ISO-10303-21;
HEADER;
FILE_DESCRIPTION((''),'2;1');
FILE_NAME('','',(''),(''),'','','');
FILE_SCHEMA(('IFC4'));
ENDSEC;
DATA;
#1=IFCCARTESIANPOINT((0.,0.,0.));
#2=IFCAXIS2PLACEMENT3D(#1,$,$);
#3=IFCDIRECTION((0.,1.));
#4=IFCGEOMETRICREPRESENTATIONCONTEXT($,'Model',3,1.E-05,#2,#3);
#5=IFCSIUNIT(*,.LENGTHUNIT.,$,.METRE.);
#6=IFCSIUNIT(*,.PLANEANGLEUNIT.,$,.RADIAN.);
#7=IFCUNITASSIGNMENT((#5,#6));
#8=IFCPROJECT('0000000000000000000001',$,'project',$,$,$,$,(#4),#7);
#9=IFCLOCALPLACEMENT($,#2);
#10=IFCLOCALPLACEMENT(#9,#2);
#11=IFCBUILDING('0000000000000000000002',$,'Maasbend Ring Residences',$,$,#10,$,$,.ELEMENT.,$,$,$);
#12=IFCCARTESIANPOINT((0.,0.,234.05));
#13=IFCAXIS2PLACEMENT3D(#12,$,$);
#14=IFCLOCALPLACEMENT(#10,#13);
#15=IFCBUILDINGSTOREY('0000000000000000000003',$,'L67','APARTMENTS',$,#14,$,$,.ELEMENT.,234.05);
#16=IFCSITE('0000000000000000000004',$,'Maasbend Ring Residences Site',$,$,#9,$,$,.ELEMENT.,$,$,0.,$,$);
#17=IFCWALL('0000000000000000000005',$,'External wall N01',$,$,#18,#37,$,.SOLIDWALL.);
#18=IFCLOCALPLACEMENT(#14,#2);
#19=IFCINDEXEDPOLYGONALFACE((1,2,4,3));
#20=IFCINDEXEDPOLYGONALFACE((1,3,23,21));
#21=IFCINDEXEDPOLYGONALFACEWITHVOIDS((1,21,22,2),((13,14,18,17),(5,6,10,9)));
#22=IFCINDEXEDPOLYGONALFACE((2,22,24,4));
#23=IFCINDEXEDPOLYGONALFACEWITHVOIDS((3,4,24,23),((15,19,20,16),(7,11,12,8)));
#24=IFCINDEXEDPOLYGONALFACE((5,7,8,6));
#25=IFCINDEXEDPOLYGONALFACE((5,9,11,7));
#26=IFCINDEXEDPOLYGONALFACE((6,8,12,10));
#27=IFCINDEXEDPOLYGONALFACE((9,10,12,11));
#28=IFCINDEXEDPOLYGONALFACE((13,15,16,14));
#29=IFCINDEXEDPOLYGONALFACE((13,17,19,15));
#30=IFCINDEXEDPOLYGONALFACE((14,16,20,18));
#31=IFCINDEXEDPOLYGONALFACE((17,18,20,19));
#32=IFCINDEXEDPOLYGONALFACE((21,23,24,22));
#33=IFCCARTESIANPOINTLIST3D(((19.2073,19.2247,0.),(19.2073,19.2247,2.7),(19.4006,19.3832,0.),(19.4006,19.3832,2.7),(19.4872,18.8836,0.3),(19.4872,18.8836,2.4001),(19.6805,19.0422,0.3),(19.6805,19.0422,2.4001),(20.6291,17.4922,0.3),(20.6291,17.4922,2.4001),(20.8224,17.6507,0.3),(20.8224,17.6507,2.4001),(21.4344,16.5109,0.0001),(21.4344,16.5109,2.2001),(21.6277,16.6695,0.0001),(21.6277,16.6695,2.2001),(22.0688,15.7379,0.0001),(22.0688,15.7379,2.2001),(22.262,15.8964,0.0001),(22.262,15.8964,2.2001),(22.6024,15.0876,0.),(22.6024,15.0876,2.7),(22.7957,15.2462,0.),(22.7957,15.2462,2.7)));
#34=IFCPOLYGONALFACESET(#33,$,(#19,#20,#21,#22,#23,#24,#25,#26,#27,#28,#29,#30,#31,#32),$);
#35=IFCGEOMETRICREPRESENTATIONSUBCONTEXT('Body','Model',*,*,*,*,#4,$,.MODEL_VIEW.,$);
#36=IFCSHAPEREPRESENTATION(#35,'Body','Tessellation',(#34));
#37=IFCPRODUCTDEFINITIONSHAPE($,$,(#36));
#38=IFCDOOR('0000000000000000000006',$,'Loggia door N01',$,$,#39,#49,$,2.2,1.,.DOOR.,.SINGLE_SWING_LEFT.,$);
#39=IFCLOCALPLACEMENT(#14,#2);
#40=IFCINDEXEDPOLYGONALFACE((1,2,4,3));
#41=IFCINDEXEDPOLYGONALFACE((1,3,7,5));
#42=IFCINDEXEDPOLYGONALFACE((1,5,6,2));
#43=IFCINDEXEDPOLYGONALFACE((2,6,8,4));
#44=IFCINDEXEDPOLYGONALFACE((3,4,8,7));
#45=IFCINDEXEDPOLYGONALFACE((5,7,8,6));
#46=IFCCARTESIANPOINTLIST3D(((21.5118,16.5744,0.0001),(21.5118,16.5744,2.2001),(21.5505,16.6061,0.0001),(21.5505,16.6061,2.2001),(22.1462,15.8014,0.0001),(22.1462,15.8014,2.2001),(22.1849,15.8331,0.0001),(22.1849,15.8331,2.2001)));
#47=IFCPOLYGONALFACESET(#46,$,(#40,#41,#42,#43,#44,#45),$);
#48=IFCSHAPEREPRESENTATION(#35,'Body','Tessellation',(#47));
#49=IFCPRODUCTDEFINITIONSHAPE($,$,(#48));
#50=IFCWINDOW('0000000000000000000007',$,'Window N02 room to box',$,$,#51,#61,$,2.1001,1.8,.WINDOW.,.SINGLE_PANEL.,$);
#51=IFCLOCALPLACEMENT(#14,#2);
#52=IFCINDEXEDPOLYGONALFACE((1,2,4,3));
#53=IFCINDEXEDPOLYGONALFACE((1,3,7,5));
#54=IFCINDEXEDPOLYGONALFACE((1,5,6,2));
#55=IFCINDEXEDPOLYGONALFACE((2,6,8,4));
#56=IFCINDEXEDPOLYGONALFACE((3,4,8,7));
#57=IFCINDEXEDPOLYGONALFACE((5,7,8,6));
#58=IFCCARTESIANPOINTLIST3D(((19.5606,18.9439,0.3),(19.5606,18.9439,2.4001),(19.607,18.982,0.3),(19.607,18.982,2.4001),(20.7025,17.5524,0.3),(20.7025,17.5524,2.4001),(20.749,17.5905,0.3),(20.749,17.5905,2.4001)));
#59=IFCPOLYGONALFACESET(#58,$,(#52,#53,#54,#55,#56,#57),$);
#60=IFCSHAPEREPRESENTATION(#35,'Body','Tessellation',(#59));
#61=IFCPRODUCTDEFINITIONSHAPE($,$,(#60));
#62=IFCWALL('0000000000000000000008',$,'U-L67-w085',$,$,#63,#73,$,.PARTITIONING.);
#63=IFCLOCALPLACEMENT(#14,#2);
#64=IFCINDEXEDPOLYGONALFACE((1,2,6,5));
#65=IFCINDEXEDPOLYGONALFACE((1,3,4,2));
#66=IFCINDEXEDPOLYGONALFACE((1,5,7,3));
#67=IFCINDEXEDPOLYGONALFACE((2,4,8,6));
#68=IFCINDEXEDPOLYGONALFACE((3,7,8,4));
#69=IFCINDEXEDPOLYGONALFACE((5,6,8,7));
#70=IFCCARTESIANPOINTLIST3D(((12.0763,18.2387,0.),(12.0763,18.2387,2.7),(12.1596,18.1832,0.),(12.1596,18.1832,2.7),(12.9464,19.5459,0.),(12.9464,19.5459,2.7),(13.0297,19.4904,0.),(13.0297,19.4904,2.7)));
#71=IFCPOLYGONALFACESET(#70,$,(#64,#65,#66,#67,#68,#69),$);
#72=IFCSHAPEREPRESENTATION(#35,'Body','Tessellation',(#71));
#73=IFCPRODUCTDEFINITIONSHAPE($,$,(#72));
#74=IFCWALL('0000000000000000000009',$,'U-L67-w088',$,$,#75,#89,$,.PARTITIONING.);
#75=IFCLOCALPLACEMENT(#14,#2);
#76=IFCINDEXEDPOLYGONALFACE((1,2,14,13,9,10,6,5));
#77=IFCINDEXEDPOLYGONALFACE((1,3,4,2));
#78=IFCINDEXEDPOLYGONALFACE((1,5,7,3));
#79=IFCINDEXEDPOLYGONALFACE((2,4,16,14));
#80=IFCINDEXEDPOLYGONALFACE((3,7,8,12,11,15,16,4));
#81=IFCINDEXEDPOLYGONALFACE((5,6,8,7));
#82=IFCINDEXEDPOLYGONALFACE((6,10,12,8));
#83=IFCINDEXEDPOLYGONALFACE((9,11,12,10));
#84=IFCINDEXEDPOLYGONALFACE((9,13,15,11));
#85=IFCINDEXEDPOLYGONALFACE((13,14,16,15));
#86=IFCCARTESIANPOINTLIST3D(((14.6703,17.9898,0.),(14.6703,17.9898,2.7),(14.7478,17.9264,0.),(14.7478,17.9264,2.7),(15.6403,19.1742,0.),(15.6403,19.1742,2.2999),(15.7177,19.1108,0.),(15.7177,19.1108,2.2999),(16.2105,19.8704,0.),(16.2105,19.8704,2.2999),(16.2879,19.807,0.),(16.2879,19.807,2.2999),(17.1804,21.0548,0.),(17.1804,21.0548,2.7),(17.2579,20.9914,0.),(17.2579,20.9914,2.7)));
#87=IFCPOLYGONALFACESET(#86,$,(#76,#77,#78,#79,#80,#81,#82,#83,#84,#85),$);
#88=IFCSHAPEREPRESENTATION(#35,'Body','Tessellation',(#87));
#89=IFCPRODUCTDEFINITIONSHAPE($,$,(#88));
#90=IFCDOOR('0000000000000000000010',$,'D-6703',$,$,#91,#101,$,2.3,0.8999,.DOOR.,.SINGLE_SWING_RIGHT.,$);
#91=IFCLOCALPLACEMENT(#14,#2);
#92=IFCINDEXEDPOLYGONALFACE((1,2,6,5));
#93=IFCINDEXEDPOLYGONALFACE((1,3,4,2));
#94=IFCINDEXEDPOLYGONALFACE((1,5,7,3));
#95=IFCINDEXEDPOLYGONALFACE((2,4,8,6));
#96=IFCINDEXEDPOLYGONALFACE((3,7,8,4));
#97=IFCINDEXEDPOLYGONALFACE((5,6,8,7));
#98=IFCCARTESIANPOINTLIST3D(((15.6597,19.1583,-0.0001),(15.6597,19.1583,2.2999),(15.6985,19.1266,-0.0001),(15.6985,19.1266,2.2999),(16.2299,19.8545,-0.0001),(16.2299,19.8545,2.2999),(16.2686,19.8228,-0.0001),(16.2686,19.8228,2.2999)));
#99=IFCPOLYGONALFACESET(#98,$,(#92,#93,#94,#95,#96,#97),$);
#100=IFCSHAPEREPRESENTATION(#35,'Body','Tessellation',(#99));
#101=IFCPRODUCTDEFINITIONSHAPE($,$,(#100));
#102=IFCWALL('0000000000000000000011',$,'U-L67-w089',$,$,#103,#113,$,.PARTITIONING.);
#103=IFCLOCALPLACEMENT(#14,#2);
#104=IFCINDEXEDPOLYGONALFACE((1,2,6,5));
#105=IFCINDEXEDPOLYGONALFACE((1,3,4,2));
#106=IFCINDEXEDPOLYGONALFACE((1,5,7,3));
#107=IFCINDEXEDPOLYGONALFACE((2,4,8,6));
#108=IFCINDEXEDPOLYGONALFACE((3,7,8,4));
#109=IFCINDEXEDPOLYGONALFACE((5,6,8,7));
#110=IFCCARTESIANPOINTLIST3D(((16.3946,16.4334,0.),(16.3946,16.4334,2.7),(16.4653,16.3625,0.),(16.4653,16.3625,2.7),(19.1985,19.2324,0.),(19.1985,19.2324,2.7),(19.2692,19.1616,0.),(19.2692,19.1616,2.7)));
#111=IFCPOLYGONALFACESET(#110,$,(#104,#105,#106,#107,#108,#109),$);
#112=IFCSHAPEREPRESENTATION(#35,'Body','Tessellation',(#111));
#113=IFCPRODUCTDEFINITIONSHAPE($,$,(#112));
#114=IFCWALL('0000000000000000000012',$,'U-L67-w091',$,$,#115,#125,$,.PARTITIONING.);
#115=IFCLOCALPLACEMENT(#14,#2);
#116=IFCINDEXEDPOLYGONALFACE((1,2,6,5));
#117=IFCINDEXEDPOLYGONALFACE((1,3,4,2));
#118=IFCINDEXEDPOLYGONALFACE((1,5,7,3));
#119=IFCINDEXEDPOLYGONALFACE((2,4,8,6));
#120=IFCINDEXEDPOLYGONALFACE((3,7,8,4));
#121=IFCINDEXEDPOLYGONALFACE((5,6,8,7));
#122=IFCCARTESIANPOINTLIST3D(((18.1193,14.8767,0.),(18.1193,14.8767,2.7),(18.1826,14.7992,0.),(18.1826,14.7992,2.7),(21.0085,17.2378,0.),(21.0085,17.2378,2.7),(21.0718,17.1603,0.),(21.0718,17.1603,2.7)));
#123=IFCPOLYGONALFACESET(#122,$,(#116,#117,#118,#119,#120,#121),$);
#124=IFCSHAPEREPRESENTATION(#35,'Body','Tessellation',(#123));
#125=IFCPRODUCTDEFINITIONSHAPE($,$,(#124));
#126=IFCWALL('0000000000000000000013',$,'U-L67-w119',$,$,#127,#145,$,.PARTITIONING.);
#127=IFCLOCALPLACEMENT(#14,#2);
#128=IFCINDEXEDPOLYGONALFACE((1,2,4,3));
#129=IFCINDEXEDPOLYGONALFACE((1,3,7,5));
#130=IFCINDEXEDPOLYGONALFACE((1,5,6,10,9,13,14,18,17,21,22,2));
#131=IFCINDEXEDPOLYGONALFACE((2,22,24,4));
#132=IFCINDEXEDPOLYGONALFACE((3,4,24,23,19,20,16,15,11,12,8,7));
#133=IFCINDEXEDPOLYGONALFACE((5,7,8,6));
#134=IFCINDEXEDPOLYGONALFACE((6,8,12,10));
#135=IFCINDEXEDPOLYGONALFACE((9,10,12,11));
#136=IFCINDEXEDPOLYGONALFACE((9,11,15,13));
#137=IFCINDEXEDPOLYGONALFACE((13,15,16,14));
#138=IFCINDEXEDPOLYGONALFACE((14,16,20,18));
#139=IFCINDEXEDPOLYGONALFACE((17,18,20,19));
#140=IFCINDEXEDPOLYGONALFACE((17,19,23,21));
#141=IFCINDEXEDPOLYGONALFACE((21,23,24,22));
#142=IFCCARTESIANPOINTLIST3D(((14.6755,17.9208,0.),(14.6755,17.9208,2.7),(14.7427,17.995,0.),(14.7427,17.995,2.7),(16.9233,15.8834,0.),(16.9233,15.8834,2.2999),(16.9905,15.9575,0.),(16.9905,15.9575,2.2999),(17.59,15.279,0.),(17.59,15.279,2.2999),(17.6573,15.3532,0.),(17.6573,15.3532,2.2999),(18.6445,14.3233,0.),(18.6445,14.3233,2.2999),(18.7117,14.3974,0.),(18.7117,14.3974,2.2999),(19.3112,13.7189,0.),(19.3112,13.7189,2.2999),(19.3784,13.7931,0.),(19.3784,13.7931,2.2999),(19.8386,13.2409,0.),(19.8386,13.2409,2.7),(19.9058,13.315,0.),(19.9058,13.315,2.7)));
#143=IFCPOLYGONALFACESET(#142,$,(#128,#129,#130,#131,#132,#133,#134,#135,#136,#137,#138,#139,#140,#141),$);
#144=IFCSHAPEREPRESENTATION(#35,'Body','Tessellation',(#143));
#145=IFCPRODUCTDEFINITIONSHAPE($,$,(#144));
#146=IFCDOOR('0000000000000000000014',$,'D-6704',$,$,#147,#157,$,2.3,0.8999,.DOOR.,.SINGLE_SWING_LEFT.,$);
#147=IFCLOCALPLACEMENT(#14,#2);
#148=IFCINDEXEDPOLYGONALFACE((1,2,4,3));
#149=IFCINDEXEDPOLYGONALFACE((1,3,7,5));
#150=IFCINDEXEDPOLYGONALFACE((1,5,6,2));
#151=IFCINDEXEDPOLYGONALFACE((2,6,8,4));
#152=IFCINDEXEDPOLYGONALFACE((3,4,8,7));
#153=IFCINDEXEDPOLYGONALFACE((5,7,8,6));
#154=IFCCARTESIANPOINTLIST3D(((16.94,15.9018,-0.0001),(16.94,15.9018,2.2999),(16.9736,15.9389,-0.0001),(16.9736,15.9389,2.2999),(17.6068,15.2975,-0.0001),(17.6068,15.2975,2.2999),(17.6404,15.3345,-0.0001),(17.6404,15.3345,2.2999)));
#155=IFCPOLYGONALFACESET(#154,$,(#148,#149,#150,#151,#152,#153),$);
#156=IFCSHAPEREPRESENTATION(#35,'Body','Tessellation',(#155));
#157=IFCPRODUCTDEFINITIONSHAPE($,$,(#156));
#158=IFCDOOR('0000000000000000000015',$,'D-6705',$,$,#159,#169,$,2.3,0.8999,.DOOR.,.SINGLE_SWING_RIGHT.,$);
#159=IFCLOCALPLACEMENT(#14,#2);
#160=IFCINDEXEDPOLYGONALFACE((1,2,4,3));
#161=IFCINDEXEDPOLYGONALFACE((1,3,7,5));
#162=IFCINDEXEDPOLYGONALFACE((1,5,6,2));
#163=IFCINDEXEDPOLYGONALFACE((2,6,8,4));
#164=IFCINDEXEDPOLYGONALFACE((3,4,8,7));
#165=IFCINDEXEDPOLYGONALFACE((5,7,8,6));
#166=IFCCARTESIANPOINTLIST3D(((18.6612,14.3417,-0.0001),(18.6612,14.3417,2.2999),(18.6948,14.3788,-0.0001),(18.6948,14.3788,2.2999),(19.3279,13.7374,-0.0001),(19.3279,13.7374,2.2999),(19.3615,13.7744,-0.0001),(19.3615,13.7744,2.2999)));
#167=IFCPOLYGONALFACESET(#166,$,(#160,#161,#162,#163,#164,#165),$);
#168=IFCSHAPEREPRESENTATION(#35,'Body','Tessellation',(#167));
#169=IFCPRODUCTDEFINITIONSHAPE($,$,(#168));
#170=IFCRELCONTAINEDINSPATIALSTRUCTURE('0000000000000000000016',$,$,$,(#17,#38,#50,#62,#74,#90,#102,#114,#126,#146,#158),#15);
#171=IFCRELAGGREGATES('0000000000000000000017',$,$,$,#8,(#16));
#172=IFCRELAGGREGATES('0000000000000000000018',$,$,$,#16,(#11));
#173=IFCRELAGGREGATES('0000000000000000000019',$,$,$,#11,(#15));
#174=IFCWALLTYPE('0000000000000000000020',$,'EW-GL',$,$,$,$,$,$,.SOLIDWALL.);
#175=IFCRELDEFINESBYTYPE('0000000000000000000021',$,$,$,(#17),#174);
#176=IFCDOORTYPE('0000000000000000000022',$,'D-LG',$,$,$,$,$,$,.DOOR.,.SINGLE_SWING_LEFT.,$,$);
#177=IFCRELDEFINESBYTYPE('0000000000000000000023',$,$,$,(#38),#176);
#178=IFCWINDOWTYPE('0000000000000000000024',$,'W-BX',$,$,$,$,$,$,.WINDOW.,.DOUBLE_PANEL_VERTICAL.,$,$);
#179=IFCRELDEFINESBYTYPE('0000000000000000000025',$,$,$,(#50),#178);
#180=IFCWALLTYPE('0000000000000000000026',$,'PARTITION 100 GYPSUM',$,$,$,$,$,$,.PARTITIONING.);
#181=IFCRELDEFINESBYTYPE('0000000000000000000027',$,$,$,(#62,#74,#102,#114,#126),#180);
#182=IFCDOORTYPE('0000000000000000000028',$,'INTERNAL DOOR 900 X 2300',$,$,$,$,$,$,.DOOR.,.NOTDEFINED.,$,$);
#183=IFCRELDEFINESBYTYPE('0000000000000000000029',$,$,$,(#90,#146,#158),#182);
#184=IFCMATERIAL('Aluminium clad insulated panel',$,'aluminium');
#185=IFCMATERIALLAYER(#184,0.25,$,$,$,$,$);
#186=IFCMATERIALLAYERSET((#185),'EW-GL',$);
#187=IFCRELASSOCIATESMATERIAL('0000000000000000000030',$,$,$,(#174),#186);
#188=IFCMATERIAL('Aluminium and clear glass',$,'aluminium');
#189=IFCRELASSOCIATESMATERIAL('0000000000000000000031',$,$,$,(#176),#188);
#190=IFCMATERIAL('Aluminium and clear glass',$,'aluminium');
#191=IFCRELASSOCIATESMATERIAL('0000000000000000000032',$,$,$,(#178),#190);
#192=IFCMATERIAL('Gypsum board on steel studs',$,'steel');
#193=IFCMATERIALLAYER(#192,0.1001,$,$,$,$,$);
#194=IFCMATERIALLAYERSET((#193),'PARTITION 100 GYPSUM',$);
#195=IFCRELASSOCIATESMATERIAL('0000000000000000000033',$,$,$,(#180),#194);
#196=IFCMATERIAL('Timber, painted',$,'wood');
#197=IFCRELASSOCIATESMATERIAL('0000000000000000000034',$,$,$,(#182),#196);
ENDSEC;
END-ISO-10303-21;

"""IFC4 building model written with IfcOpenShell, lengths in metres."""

from ifc_helpers import new_model, si_unit, direction, frame, frame_2d, origin, place, context, subcontext, project, spatial, rectangle, extrude, material, layer, layer_set, type_object, element, fill, save


model = new_model("IFC4")

# Units and contexts
model_context = context("Model", 3, precision=1e-05, world=origin(), true_north=direction((0.0, 1.0)))
body_context = subcontext(model_context, "Body", "Model", "MODEL_VIEW")
ifc_project = project(units=[si_unit("LENGTHUNIT", "METRE"), si_unit("PLANEANGLEUNIT", "RADIAN")], contexts=[model_context])

# Site, building, storey
site_placement = place(None, origin())
site = spatial("IfcSite", under=ifc_project, at=site_placement, Name="Maasbend Ring Residences Site", CompositionType="ELEMENT", RefElevation=0.0)
building_placement = place(site_placement, origin())
building = spatial("IfcBuilding", under=site, at=building_placement, Name="Maasbend Ring Residences", CompositionType="ELEMENT")
storey_placement = place(building_placement, frame((0.0, 0.0, 234.05)))
storey = spatial("IfcBuildingStorey", under=building, at=storey_placement, Name="L67", Description="APARTMENTS", CompositionType="ELEMENT", Elevation=234.05)

# Wall, openings, door, window
ifc_material_1 = material(Name="Aluminium clad insulated panel", Category="aluminium")
ifc_layer_1 = layer(ifc_material_1, 0.25)
ifc_layer_set_1 = layer_set([ifc_layer_1], Name="EW-GL")
wall_type_1 = type_object("IfcWallType", Name="EW-GL", PredefinedType="SOLIDWALL", material=ifc_layer_set_1)
wall_1_placement = place(storey_placement, frame((22.699, 15.167, 0.0), z_axis=(0.0, 0.0, 1.0), x_axis=(-0.634382, 0.773019, 0.0)))
wall_1 = element("IfcWall", 1, at=wall_1_placement, inside=storey, type_object=wall_type_1, Name="External wall N01", PredefinedType="SOLIDWALL", context=body_context, shape_type="SweptSolid", body=[
    extrude(rectangle(XDim=5.3518, YDim=0.25, at=frame_2d((2.6758, 0.0))), origin(), (0.0, 0.0, 1.0), 2.7),
])
opening_1_placement = place(wall_1_placement, frame((0.8411, 0.0, 0.0)))
opening_1 = element("IfcOpeningElement", 2, at=opening_1_placement, cuts=wall_1, PredefinedType="OPENING", context=body_context, shape_type="SweptSolid", body=[
    extrude(rectangle(XDim=1.0, YDim=2.2, at=frame_2d((0.5, 1.1001))), frame((0.0, 0.135, 0.0), z_axis=(0.0, -1.0, 0.0), x_axis=(1.0, 0.0, 0.0)), (0.0, 0.0, 1.0), 0.27),
])
opening_2_placement = place(wall_1_placement, frame((3.1106, 0.0, 0.3)))
opening_2 = element("IfcOpeningElement", 3, at=opening_2_placement, cuts=wall_1, PredefinedType="OPENING", context=body_context, shape_type="SweptSolid", body=[
    extrude(rectangle(XDim=1.8, YDim=2.1001, at=frame_2d((0.8999, 1.05))), frame((0.0, 0.135, 0.0), z_axis=(0.0, -1.0, 0.0), x_axis=(1.0, 0.0, 0.0)), (0.0, 0.0, 1.0), 0.27),
])
ifc_material_2 = material(Name="Aluminium and clear glass", Category="aluminium")
door_type_1 = type_object("IfcDoorType", Name="D-LG", OperationType="SINGLE_SWING_LEFT", PredefinedType="DOOR", material=ifc_material_2)
door_1_placement = place(opening_1_placement, origin())
door_1 = element("IfcDoor", 4, at=door_1_placement, inside=storey, type_object=door_type_1, Name="Loggia door N01", OperationType="SINGLE_SWING_LEFT", OverallHeight=2.2, OverallWidth=1.0, PredefinedType="DOOR", context=body_context, shape_type="SweptSolid", body=[
    extrude(rectangle(XDim=1.0, YDim=2.2, at=frame_2d((0.5, 1.1001))), frame((0.0, 0.0249, 0.0), z_axis=(0.0, -1.0, 0.0), x_axis=(1.0, 0.0, 0.0)), (0.0, 0.0, 1.0), 0.05),
])
fill(opening_1, door_1)
ifc_material_3 = material(Name="Aluminium and clear glass", Category="aluminium")
window_type_1 = type_object("IfcWindowType", Name="W-BX", PartitioningType="DOUBLE_PANEL_VERTICAL", PredefinedType="WINDOW", material=ifc_material_3)
window_1_placement = place(opening_2_placement, origin())
window_1 = element("IfcWindow", 5, at=window_1_placement, inside=storey, type_object=window_type_1, Name="Window N02 room to box", OverallHeight=2.1001, OverallWidth=1.8, PartitioningType="SINGLE_PANEL", PredefinedType="WINDOW", context=body_context, shape_type="SweptSolid", body=[
    extrude(rectangle(XDim=1.8, YDim=2.1001, at=frame_2d((0.8999, 1.05))), frame((0.0, 0.03, 0.0), z_axis=(0.0, -1.0, 0.0), x_axis=(1.0, 0.0, 0.0)), (0.0, 0.0, 1.0), 0.0601),
])
fill(opening_2, window_1)

# Wall
ifc_material_4 = material(Name="Gypsum board on steel studs", Category="steel")
ifc_layer_2 = layer(ifc_material_4, 0.1001)
ifc_layer_set_2 = layer_set([ifc_layer_2], Name="PARTITION 100 GYPSUM")
wall_type_2 = type_object("IfcWallType", Name="PARTITION 100 GYPSUM", PredefinedType="PARTITIONING", material=ifc_layer_set_2)
wall_2_placement = place(storey_placement, frame((12.1179, 18.2109, 0.0), z_axis=(0.0, 0.0, 1.0), x_axis=(0.554126, 0.832433, 0.0)))
element("IfcWall", 6, at=wall_2_placement, inside=storey, type_object=wall_type_2, Name="U-L67-w085", PredefinedType="PARTITIONING", context=body_context, shape_type="SweptSolid", body=[
    extrude(rectangle(XDim=1.5703, YDim=0.1001, at=frame_2d((0.7852, 0.0))), origin(), (0.0, 0.0, 1.0), 2.7),
])

# Wall, opening, door
wall_3_placement = place(storey_placement, frame((14.709, 17.958, 0.0), z_axis=(0.0, 0.0, 1.0), x_axis=(0.63359, 0.773669, 0.0)))
wall_3 = element("IfcWall", 7, at=wall_3_placement, inside=storey, type_object=wall_type_2, Name="U-L67-w088", PredefinedType="PARTITIONING", context=body_context, shape_type="SweptSolid", body=[
    extrude(rectangle(XDim=3.9617, YDim=0.1001, at=frame_2d((1.981, 0.0))), origin(), (0.0, 0.0, 1.0), 2.7),
])
opening_3_placement = place(wall_3_placement, frame((1.531, 0.0, 0.0)))
opening_3 = element("IfcOpeningElement", 8, at=opening_3_placement, cuts=wall_3, PredefinedType="OPENING", context=body_context, shape_type="SweptSolid", body=[
    extrude(rectangle(XDim=0.8999, YDim=2.3, at=frame_2d((0.45, 1.1499))), frame((0.0, 0.0601, 0.0), z_axis=(0.0, -1.0, 0.0), x_axis=(1.0, 0.0, 0.0)), (0.0, 0.0, 1.0), 0.1201),
])
ifc_material_5 = material(Name="Timber, painted", Category="wood")
door_type_2 = type_object("IfcDoorType", Name="INTERNAL DOOR 900 X 2300", OperationType="NOTDEFINED", PredefinedType="DOOR", material=ifc_material_5)
door_2_placement = place(opening_3_placement, origin())
door_2 = element("IfcDoor", 9, at=door_2_placement, inside=storey, type_object=door_type_2, Name="D-6703", OperationType="SINGLE_SWING_RIGHT", OverallHeight=2.3, OverallWidth=0.8999, PredefinedType="DOOR", context=body_context, shape_type="SweptSolid", body=[
    extrude(rectangle(XDim=0.8999, YDim=2.3, at=frame_2d((0.45, 1.1499))), frame((0.0, 0.0249, 0.0), z_axis=(0.0, -1.0, 0.0), x_axis=(1.0, 0.0, 0.0)), (0.0, 0.0, 1.0), 0.05),
])
fill(opening_3, door_2)

# Walls
wall_4_placement = place(storey_placement, frame((16.4299, 16.3979, 0.0), z_axis=(0.0, 0.0, 1.0), x_axis=(0.707723, 0.70649, 0.0)))
element("IfcWall", 10, at=wall_4_placement, inside=storey, type_object=wall_type_2, Name="U-L67-w089", PredefinedType="PARTITIONING", context=body_context, shape_type="SweptSolid", body=[
    extrude(rectangle(XDim=3.9619, YDim=0.1001, at=frame_2d((1.981, 0.0))), origin(), (0.0, 0.0, 1.0), 2.7),
])
wall_5_placement = place(storey_placement, frame((18.1509, 14.8379, 0.0), z_axis=(0.0, 0.0, 1.0), x_axis=(0.774322, 0.632792, 0.0)))
element("IfcWall", 11, at=wall_5_placement, inside=storey, type_object=wall_type_2, Name="U-L67-w091", PredefinedType="PARTITIONING", context=body_context, shape_type="SweptSolid", body=[
    extrude(rectangle(XDim=3.7312, YDim=0.1001, at=frame_2d((1.8657, 0.0))), origin(), (0.0, 0.0, 1.0), 2.7),
])

# Wall, openings, doors
wall_6_placement = place(storey_placement, frame((14.709, 17.958, 0.0), z_axis=(0.0, 0.0, 1.0), x_axis=(0.740924, -0.671589, 0.0)))
wall_6 = element("IfcWall", 12, at=wall_6_placement, inside=storey, type_object=wall_type_2, Name="U-L67-w119", PredefinedType="PARTITIONING", context=body_context, shape_type="SweptSolid", body=[
    extrude(rectangle(XDim=6.9685, YDim=0.1001, at=frame_2d((3.4844, 0.0))), origin(), (0.0, 0.0, 1.0), 2.7),
])
opening_4_placement = place(wall_6_placement, frame((3.0339, 0.0, 0.0)))
opening_4 = element("IfcOpeningElement", 13, at=opening_4_placement, cuts=wall_6, PredefinedType="OPENING", context=body_context, shape_type="SweptSolid", body=[
    extrude(rectangle(XDim=0.8999, YDim=2.3, at=frame_2d((0.45, 1.1499))), frame((0.0, 0.0601, 0.0), z_axis=(0.0, -1.0, 0.0), x_axis=(1.0, 0.0, 0.0)), (0.0, 0.0, 1.0), 0.1201),
])
opening_5_placement = place(wall_6_placement, frame((5.3569, 0.0, 0.0)))
opening_5 = element("IfcOpeningElement", 14, at=opening_5_placement, cuts=wall_6, PredefinedType="OPENING", context=body_context, shape_type="SweptSolid", body=[
    extrude(rectangle(XDim=0.8999, YDim=2.3, at=frame_2d((0.45, 1.1499))), frame((0.0, 0.0601, 0.0), z_axis=(0.0, -1.0, 0.0), x_axis=(1.0, 0.0, 0.0)), (0.0, 0.0, 1.0), 0.1201),
])
door_3_placement = place(opening_4_placement, origin())
door_3 = element("IfcDoor", 15, at=door_3_placement, inside=storey, type_object=door_type_2, Name="D-6704", OperationType="SINGLE_SWING_LEFT", OverallHeight=2.3, OverallWidth=0.8999, PredefinedType="DOOR", context=body_context, shape_type="SweptSolid", body=[
    extrude(rectangle(XDim=0.8999, YDim=2.3, at=frame_2d((0.45, 1.1499))), frame((0.0, 0.0249, 0.0), z_axis=(0.0, -1.0, 0.0), x_axis=(1.0, 0.0, 0.0)), (0.0, 0.0, 1.0), 0.05),
])
fill(opening_4, door_3)
door_4_placement = place(opening_5_placement, origin())
door_4 = element("IfcDoor", 16, at=door_4_placement, inside=storey, type_object=door_type_2, Name="D-6705", OperationType="SINGLE_SWING_RIGHT", OverallHeight=2.3, OverallWidth=0.8999, PredefinedType="DOOR", context=body_context, shape_type="SweptSolid", body=[
    extrude(rectangle(XDim=0.8999, YDim=2.3, at=frame_2d((0.45, 1.1499))), frame((0.0, 0.0249, 0.0), z_axis=(0.0, -1.0, 0.0), x_axis=(1.0, 0.0, 0.0)), (0.0, 0.0, 1.0), 0.05),
])
fill(opening_5, door_4)

save(model, "model.ifc")
